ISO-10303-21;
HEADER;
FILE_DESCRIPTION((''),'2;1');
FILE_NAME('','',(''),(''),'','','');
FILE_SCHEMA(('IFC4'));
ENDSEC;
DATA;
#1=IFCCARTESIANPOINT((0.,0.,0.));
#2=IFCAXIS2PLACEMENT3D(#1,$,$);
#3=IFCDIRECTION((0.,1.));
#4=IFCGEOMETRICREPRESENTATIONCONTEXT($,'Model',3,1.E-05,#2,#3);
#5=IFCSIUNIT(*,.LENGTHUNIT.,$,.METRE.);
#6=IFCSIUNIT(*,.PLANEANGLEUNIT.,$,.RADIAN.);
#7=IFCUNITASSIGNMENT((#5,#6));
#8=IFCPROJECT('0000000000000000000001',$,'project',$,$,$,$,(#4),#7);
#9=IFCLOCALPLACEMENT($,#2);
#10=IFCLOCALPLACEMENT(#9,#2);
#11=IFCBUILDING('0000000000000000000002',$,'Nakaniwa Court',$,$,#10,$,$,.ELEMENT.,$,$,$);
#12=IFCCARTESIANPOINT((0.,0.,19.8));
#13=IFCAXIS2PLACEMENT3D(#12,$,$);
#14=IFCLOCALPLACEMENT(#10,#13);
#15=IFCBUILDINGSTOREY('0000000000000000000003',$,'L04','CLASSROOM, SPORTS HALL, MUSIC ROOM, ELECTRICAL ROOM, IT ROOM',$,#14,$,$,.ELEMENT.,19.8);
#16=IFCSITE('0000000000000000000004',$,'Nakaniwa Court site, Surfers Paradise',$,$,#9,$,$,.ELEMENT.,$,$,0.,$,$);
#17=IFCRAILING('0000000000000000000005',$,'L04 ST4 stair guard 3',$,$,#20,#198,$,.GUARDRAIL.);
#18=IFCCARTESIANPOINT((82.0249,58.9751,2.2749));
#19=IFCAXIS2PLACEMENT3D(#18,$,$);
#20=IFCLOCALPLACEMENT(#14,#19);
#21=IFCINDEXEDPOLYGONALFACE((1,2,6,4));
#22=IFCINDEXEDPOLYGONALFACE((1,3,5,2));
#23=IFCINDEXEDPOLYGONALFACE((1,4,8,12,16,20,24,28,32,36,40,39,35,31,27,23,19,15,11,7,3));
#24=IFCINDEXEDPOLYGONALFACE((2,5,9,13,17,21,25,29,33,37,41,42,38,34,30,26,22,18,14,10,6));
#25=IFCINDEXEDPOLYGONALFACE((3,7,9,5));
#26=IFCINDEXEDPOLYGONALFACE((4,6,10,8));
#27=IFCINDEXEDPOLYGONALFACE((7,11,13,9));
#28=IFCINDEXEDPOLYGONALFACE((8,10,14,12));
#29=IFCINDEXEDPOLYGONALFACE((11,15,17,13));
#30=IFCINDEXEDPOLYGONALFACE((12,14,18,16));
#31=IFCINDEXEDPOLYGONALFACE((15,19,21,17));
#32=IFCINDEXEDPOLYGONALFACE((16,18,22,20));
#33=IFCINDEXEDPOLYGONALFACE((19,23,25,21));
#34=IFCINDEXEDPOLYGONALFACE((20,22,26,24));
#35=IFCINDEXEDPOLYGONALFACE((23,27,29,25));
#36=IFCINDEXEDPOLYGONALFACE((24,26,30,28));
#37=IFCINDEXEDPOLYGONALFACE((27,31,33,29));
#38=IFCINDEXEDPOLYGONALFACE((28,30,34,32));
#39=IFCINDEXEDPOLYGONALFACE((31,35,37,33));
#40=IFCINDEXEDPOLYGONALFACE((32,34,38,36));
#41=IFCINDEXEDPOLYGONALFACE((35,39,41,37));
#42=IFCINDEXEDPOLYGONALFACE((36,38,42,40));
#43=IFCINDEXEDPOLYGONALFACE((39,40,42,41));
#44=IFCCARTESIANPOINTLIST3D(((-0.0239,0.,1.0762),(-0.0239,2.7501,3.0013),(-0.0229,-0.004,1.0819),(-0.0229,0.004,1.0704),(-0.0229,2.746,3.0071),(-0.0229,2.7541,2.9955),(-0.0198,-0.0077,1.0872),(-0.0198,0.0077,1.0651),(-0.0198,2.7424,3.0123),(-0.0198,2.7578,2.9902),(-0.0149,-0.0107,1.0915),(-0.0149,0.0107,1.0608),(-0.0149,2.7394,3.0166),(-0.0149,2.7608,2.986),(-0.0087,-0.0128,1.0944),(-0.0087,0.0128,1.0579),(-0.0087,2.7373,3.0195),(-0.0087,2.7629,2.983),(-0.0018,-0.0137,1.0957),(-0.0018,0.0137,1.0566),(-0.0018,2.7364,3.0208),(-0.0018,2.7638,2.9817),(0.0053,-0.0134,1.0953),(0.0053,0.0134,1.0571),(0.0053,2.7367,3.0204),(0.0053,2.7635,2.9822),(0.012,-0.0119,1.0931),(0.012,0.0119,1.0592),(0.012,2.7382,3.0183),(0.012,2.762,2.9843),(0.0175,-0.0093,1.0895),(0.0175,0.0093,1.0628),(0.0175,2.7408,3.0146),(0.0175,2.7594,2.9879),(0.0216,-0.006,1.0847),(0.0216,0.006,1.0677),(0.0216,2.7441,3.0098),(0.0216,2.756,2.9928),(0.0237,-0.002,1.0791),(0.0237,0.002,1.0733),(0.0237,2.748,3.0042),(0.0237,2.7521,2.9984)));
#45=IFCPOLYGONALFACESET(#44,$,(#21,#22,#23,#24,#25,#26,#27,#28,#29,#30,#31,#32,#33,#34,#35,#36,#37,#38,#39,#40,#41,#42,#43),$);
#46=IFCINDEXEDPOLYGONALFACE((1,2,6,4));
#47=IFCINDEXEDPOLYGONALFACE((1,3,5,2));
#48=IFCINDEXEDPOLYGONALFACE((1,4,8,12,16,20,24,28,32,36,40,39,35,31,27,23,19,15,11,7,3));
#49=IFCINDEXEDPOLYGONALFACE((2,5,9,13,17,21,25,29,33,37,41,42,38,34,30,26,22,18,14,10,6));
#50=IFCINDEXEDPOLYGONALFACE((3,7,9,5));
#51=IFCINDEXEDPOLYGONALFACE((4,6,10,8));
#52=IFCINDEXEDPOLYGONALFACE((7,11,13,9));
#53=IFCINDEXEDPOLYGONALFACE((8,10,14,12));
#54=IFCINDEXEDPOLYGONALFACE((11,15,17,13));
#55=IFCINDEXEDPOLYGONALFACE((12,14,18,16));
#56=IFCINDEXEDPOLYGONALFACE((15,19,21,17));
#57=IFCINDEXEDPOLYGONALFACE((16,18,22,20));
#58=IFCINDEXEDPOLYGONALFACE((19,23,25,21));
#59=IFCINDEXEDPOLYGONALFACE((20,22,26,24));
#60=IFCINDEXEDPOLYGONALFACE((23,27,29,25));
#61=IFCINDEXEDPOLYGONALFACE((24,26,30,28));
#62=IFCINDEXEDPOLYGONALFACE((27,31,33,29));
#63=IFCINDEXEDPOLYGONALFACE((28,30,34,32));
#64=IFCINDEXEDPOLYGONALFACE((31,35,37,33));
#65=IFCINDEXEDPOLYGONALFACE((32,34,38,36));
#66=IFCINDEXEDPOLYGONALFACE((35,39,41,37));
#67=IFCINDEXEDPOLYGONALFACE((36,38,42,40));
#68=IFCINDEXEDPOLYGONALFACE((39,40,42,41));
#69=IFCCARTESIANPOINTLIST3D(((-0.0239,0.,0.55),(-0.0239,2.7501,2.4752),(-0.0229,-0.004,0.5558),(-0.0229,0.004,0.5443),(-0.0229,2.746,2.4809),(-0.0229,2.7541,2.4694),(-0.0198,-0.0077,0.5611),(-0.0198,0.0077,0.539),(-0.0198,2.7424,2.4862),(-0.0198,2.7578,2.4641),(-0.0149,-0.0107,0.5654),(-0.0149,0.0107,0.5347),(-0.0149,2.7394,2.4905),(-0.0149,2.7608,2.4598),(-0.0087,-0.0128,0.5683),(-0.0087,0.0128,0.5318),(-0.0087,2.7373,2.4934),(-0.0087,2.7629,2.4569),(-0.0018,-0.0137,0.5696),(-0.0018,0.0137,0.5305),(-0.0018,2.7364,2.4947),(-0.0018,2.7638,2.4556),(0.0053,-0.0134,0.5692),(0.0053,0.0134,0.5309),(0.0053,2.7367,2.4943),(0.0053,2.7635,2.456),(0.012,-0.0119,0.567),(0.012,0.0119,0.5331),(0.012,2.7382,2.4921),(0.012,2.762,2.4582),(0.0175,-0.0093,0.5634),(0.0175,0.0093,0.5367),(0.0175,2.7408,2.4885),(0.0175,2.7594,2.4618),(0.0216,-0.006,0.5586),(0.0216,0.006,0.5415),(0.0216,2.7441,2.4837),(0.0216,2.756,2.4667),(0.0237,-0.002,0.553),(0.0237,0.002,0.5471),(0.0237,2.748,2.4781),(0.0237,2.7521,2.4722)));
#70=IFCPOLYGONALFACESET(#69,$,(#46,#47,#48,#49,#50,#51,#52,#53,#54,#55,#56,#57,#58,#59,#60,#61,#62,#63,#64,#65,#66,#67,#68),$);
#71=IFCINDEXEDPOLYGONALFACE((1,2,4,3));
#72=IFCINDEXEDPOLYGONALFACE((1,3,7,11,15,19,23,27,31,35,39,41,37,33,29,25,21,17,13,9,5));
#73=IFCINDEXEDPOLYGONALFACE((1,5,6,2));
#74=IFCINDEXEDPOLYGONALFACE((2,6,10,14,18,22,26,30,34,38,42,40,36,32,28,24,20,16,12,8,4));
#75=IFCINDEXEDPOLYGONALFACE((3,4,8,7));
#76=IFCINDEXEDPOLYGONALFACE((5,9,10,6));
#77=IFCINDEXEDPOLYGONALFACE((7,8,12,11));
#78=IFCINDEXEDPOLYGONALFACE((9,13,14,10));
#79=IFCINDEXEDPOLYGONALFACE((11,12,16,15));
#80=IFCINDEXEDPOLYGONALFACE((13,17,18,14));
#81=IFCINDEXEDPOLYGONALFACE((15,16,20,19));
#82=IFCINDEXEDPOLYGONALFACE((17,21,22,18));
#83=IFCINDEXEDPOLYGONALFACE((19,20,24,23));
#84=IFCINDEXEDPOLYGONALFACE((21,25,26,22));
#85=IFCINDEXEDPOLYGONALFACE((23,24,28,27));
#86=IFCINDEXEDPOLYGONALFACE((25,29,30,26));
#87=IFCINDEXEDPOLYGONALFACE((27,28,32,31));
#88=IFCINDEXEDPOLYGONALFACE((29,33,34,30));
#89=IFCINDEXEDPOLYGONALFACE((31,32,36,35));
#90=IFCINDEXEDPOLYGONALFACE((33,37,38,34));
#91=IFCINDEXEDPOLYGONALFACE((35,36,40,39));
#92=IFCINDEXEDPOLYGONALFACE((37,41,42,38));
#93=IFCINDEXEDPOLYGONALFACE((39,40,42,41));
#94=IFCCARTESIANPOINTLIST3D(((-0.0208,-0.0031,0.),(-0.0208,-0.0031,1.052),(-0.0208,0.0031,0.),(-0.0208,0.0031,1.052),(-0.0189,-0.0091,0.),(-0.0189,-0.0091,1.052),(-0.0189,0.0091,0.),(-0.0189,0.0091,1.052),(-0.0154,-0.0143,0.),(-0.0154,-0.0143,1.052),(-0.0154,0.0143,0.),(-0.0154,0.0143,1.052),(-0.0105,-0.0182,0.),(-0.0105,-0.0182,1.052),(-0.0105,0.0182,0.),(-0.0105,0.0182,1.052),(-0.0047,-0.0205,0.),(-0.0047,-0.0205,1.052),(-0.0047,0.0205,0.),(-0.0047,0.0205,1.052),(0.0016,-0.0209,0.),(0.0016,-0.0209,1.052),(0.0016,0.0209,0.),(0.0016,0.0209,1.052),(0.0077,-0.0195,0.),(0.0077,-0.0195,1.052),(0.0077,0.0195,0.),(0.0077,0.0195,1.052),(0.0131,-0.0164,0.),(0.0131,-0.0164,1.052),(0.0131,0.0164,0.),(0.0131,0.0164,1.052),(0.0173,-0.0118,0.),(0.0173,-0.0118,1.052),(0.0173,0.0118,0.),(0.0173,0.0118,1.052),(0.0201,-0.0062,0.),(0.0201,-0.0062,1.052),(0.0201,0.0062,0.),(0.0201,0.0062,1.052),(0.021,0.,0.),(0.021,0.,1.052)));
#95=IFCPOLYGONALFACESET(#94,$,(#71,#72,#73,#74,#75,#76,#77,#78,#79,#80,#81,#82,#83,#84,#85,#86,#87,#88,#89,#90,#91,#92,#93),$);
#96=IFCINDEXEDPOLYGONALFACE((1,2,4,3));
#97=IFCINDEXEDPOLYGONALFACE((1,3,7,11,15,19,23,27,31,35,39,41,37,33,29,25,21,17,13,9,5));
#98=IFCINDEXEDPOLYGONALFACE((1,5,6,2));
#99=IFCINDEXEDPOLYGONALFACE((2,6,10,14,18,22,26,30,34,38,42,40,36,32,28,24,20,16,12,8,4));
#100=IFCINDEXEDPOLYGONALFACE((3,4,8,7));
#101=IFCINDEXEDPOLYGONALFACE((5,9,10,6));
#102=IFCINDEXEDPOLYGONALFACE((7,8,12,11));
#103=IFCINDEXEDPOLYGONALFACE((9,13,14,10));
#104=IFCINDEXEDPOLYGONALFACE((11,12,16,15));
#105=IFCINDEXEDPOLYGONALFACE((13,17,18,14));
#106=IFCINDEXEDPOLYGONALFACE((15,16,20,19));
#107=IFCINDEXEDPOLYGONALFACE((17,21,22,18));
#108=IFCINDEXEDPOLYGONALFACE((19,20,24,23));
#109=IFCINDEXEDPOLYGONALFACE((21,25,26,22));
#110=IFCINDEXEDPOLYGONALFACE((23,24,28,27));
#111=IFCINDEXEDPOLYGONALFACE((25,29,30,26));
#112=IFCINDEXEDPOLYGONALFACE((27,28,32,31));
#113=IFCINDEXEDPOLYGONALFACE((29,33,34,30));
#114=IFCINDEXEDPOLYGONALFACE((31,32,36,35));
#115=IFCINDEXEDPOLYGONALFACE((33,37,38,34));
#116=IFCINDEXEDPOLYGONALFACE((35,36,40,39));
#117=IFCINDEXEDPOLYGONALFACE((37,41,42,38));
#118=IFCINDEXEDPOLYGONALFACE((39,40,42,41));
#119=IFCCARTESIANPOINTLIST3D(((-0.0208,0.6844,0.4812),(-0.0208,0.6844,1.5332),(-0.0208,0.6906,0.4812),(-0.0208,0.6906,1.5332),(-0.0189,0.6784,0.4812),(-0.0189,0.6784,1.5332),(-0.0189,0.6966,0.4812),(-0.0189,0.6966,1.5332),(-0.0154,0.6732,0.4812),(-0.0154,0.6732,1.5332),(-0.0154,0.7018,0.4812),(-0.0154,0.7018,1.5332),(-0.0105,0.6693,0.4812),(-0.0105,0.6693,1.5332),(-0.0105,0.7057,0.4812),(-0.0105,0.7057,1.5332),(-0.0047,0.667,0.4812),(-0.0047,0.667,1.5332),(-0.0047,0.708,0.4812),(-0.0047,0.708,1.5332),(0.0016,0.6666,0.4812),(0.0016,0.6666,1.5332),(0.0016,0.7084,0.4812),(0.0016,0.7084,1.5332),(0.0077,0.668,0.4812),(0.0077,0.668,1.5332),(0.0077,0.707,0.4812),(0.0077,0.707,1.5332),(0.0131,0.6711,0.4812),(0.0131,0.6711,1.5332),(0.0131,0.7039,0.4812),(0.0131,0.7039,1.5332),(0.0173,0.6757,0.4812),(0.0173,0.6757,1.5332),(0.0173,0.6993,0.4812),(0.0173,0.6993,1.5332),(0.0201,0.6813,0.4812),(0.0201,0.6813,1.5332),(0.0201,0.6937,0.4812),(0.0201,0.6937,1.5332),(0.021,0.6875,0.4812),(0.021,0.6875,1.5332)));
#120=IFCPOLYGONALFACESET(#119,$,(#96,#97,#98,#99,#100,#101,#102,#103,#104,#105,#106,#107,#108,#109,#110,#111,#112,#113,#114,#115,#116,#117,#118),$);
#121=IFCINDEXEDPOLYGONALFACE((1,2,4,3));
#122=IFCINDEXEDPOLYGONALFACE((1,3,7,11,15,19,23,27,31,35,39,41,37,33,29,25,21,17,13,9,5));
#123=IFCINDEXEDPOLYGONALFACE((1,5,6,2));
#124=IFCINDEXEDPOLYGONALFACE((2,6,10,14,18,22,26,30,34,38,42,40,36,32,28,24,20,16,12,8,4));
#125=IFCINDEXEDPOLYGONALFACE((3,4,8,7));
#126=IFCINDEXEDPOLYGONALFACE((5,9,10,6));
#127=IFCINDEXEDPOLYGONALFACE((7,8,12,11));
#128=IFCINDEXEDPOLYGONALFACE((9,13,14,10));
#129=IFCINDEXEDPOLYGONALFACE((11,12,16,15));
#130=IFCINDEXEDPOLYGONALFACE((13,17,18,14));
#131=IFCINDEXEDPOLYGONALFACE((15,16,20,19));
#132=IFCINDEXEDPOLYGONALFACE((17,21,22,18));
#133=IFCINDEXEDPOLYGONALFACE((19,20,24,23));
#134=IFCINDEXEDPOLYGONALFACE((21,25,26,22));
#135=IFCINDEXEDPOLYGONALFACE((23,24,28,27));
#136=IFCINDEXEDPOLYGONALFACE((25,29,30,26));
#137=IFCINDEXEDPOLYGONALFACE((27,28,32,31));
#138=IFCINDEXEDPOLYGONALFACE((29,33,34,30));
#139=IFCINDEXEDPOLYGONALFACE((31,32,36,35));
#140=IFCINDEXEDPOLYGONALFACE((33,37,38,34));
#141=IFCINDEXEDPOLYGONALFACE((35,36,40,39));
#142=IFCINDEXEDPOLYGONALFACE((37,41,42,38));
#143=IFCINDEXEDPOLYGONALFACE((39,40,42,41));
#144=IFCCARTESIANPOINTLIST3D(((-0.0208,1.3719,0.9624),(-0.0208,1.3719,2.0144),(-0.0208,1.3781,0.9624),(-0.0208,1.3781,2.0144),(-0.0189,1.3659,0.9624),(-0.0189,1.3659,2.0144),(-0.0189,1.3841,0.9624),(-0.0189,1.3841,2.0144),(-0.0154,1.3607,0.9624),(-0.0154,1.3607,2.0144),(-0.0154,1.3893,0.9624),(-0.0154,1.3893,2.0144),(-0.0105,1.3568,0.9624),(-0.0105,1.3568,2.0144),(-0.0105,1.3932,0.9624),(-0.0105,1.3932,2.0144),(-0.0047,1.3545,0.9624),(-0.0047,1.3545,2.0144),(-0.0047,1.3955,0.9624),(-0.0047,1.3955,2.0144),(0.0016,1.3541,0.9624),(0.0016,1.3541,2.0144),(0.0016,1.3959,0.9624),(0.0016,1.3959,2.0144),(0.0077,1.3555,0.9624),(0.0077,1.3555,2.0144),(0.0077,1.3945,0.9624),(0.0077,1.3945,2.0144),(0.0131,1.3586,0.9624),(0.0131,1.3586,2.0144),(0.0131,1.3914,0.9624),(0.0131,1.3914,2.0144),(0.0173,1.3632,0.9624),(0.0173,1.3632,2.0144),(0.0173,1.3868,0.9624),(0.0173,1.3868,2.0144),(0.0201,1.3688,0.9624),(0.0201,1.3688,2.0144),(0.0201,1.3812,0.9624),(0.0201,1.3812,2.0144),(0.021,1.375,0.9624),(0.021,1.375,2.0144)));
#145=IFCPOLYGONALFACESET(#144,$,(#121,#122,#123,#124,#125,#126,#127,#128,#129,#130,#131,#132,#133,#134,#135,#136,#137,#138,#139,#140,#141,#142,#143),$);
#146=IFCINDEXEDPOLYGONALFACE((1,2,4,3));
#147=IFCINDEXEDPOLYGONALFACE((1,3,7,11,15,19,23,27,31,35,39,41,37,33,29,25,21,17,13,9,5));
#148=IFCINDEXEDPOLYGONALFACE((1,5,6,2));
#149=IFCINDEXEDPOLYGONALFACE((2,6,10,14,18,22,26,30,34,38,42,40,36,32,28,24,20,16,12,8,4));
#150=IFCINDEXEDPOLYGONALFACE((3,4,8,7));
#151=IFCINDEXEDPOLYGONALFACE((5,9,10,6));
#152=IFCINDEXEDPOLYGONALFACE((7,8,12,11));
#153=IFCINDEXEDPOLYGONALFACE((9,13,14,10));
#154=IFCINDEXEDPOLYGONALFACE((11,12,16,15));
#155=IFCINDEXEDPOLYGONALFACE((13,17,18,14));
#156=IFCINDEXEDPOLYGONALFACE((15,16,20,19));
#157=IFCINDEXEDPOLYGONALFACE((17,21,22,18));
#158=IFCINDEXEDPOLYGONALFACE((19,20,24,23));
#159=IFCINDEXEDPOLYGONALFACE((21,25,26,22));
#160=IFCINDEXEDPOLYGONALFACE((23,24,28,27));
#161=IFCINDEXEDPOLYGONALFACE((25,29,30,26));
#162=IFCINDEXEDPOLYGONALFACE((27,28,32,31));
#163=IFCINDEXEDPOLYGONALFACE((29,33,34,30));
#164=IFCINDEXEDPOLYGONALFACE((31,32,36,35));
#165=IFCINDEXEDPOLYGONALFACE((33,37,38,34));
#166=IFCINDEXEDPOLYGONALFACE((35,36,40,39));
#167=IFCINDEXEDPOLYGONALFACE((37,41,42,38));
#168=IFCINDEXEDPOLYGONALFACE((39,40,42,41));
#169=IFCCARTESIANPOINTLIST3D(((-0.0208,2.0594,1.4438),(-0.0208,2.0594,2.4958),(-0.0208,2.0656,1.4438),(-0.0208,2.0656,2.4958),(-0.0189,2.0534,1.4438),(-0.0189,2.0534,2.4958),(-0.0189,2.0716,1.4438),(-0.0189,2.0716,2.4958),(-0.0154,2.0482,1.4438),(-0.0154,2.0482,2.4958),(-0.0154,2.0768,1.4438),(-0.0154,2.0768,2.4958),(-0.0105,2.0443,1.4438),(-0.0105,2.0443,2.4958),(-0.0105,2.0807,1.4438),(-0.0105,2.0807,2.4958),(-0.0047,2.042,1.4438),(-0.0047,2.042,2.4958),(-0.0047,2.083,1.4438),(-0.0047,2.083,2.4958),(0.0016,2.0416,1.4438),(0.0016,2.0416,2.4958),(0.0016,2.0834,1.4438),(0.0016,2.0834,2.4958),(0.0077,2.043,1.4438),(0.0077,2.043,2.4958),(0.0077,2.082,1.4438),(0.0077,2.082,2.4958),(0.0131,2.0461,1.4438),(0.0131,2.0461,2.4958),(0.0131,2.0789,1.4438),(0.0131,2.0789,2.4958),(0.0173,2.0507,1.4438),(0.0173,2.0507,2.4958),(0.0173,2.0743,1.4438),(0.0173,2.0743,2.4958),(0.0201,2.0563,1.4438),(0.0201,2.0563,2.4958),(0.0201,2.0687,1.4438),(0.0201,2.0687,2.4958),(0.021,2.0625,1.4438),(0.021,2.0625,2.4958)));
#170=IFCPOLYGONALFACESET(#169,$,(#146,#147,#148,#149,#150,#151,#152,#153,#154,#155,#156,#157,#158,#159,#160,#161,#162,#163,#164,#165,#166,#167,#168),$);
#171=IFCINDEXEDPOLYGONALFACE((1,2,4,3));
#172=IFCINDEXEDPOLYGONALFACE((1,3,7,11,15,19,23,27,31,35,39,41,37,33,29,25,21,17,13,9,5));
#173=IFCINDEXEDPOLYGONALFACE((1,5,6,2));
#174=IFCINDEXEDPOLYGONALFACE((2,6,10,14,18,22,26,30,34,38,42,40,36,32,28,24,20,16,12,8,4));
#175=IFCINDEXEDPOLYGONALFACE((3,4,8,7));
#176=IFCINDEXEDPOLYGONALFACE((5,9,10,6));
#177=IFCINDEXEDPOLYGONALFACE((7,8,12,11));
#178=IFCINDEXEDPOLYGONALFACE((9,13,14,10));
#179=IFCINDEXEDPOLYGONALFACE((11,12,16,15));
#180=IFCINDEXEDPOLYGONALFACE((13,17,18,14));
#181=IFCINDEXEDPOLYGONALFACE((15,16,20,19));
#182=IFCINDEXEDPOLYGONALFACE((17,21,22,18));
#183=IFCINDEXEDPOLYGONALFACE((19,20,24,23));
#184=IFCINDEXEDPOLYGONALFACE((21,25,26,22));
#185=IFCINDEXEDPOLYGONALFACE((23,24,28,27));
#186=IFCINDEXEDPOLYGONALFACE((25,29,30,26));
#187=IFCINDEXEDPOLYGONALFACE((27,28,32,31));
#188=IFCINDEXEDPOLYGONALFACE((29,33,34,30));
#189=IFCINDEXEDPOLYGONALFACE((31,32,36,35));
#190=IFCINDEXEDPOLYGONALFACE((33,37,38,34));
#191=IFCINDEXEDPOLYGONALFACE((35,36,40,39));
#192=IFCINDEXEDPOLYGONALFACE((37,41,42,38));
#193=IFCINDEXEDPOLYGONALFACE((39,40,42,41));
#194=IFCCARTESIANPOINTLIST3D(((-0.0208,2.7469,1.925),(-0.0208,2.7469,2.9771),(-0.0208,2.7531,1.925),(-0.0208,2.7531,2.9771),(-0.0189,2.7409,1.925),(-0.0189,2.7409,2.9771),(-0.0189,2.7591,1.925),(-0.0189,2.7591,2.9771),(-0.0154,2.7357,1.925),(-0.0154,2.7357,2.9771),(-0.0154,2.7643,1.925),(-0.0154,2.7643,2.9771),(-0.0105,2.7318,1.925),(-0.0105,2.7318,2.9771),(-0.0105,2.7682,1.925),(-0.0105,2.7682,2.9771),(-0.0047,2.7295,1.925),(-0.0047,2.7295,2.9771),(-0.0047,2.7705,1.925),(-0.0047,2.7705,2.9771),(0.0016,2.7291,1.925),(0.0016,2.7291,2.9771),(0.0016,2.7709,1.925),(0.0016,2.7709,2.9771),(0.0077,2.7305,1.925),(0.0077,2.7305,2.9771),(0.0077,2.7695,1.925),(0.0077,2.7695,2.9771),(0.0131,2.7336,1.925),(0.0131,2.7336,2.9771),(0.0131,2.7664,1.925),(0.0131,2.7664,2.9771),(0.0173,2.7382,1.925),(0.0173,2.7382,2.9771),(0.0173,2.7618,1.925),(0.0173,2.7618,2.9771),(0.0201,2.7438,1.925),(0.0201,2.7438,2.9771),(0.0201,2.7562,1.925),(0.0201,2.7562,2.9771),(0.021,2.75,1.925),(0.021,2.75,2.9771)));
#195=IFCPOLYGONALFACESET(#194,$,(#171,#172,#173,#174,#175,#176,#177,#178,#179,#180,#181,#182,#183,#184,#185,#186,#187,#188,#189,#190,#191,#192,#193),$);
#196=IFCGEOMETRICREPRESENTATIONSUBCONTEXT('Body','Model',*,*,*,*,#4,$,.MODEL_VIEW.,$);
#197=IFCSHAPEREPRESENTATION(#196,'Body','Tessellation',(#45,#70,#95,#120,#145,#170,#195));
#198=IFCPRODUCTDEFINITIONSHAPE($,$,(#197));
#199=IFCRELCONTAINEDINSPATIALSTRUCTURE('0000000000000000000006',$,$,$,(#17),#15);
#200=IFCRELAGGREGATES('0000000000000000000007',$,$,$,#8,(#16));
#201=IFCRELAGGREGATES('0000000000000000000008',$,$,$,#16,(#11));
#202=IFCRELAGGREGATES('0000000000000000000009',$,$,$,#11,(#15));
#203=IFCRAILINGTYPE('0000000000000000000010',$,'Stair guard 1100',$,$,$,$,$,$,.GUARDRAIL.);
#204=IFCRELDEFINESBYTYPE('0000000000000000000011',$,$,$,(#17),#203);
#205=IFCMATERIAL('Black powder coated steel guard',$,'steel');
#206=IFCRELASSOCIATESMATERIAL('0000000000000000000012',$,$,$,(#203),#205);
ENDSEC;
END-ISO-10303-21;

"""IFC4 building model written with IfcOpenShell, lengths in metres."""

from ifc_helpers import new_model, si_unit, direction, frame, origin, origin_2d, place, context, subcontext, project, spatial, circle, extrude, material, type_object, element, save


model = new_model("IFC4")

# Units and contexts
model_context = context("Model", 3, precision=1e-05, world=origin(), true_north=direction((0.0, 1.0)))
body_context = subcontext(model_context, "Body", "Model", "MODEL_VIEW")
ifc_project = project(units=[si_unit("LENGTHUNIT", "METRE"), si_unit("PLANEANGLEUNIT", "RADIAN")], contexts=[model_context])

# Site, building, storey
site_placement = place(None, origin())
site = spatial("IfcSite", under=ifc_project, at=site_placement, Name="Nakaniwa Court site, Surfers Paradise", CompositionType="ELEMENT", RefElevation=0.0)
building_placement = place(site_placement, origin())
building = spatial("IfcBuilding", under=site, at=building_placement, Name="Nakaniwa Court", CompositionType="ELEMENT")
storey_placement = place(building_placement, frame((0.0, 0.0, 19.8)))
storey = spatial("IfcBuildingStorey", under=building, at=storey_placement, Name="L04", Description="CLASSROOM, SPORTS HALL, MUSIC ROOM, ELECTRICAL ROOM, IT ROOM", CompositionType="ELEMENT", Elevation=19.8)

# Railing
ifc_material_1 = material(Name="Black powder coated steel guard", Category="steel")
railing_type_1 = type_object("IfcRailingType", Name="Stair guard 1100", PredefinedType="GUARDRAIL", material=ifc_material_1)
railing_1_placement = place(storey_placement, frame((82.0249, 58.9751, 2.2749)))
element("IfcRailing", 1, at=railing_1_placement, inside=storey, type_object=railing_type_1, Name="L04 ST4 stair guard 3", PredefinedType="GUARDRAIL", context=body_context, shape_type="SweptSolid", body=[
    extrude(circle(Radius=0.0239, at=origin_2d()), frame((0.0, 0.0, 1.0762), z_axis=(0.0, 0.819225, 0.573472), x_axis=(-1.0, 0.0, 0.0)), (0.0, 0.0, 1.0), 3.3569),
    extrude(circle(Radius=0.0239, at=origin_2d()), frame((0.0, 0.0, 0.55), z_axis=(0.0, 0.819225, 0.573472), x_axis=(-1.0, 0.0, 0.0)), (0.0, 0.0, 1.0), 3.3569),
    extrude(circle(Radius=0.021, at=origin_2d()), origin(), (0.0, 0.0, 1.0), 1.052),
    extrude(circle(Radius=0.021, at=origin_2d()), frame((0.0, 0.6875, 0.4812)), (0.0, 0.0, 1.0), 1.052),
    extrude(circle(Radius=0.021, at=origin_2d()), frame((0.0, 1.375, 0.9624)), (0.0, 0.0, 1.0), 1.052),
    extrude(circle(Radius=0.021, at=origin_2d()), frame((0.0, 2.0625, 1.4438)), (0.0, 0.0, 1.0), 1.052),
    extrude(circle(Radius=0.021, at=origin_2d()), frame((0.0, 2.75, 1.925)), (0.0, 0.0, 1.0), 1.052),
])

save(model, "model.ifc")
